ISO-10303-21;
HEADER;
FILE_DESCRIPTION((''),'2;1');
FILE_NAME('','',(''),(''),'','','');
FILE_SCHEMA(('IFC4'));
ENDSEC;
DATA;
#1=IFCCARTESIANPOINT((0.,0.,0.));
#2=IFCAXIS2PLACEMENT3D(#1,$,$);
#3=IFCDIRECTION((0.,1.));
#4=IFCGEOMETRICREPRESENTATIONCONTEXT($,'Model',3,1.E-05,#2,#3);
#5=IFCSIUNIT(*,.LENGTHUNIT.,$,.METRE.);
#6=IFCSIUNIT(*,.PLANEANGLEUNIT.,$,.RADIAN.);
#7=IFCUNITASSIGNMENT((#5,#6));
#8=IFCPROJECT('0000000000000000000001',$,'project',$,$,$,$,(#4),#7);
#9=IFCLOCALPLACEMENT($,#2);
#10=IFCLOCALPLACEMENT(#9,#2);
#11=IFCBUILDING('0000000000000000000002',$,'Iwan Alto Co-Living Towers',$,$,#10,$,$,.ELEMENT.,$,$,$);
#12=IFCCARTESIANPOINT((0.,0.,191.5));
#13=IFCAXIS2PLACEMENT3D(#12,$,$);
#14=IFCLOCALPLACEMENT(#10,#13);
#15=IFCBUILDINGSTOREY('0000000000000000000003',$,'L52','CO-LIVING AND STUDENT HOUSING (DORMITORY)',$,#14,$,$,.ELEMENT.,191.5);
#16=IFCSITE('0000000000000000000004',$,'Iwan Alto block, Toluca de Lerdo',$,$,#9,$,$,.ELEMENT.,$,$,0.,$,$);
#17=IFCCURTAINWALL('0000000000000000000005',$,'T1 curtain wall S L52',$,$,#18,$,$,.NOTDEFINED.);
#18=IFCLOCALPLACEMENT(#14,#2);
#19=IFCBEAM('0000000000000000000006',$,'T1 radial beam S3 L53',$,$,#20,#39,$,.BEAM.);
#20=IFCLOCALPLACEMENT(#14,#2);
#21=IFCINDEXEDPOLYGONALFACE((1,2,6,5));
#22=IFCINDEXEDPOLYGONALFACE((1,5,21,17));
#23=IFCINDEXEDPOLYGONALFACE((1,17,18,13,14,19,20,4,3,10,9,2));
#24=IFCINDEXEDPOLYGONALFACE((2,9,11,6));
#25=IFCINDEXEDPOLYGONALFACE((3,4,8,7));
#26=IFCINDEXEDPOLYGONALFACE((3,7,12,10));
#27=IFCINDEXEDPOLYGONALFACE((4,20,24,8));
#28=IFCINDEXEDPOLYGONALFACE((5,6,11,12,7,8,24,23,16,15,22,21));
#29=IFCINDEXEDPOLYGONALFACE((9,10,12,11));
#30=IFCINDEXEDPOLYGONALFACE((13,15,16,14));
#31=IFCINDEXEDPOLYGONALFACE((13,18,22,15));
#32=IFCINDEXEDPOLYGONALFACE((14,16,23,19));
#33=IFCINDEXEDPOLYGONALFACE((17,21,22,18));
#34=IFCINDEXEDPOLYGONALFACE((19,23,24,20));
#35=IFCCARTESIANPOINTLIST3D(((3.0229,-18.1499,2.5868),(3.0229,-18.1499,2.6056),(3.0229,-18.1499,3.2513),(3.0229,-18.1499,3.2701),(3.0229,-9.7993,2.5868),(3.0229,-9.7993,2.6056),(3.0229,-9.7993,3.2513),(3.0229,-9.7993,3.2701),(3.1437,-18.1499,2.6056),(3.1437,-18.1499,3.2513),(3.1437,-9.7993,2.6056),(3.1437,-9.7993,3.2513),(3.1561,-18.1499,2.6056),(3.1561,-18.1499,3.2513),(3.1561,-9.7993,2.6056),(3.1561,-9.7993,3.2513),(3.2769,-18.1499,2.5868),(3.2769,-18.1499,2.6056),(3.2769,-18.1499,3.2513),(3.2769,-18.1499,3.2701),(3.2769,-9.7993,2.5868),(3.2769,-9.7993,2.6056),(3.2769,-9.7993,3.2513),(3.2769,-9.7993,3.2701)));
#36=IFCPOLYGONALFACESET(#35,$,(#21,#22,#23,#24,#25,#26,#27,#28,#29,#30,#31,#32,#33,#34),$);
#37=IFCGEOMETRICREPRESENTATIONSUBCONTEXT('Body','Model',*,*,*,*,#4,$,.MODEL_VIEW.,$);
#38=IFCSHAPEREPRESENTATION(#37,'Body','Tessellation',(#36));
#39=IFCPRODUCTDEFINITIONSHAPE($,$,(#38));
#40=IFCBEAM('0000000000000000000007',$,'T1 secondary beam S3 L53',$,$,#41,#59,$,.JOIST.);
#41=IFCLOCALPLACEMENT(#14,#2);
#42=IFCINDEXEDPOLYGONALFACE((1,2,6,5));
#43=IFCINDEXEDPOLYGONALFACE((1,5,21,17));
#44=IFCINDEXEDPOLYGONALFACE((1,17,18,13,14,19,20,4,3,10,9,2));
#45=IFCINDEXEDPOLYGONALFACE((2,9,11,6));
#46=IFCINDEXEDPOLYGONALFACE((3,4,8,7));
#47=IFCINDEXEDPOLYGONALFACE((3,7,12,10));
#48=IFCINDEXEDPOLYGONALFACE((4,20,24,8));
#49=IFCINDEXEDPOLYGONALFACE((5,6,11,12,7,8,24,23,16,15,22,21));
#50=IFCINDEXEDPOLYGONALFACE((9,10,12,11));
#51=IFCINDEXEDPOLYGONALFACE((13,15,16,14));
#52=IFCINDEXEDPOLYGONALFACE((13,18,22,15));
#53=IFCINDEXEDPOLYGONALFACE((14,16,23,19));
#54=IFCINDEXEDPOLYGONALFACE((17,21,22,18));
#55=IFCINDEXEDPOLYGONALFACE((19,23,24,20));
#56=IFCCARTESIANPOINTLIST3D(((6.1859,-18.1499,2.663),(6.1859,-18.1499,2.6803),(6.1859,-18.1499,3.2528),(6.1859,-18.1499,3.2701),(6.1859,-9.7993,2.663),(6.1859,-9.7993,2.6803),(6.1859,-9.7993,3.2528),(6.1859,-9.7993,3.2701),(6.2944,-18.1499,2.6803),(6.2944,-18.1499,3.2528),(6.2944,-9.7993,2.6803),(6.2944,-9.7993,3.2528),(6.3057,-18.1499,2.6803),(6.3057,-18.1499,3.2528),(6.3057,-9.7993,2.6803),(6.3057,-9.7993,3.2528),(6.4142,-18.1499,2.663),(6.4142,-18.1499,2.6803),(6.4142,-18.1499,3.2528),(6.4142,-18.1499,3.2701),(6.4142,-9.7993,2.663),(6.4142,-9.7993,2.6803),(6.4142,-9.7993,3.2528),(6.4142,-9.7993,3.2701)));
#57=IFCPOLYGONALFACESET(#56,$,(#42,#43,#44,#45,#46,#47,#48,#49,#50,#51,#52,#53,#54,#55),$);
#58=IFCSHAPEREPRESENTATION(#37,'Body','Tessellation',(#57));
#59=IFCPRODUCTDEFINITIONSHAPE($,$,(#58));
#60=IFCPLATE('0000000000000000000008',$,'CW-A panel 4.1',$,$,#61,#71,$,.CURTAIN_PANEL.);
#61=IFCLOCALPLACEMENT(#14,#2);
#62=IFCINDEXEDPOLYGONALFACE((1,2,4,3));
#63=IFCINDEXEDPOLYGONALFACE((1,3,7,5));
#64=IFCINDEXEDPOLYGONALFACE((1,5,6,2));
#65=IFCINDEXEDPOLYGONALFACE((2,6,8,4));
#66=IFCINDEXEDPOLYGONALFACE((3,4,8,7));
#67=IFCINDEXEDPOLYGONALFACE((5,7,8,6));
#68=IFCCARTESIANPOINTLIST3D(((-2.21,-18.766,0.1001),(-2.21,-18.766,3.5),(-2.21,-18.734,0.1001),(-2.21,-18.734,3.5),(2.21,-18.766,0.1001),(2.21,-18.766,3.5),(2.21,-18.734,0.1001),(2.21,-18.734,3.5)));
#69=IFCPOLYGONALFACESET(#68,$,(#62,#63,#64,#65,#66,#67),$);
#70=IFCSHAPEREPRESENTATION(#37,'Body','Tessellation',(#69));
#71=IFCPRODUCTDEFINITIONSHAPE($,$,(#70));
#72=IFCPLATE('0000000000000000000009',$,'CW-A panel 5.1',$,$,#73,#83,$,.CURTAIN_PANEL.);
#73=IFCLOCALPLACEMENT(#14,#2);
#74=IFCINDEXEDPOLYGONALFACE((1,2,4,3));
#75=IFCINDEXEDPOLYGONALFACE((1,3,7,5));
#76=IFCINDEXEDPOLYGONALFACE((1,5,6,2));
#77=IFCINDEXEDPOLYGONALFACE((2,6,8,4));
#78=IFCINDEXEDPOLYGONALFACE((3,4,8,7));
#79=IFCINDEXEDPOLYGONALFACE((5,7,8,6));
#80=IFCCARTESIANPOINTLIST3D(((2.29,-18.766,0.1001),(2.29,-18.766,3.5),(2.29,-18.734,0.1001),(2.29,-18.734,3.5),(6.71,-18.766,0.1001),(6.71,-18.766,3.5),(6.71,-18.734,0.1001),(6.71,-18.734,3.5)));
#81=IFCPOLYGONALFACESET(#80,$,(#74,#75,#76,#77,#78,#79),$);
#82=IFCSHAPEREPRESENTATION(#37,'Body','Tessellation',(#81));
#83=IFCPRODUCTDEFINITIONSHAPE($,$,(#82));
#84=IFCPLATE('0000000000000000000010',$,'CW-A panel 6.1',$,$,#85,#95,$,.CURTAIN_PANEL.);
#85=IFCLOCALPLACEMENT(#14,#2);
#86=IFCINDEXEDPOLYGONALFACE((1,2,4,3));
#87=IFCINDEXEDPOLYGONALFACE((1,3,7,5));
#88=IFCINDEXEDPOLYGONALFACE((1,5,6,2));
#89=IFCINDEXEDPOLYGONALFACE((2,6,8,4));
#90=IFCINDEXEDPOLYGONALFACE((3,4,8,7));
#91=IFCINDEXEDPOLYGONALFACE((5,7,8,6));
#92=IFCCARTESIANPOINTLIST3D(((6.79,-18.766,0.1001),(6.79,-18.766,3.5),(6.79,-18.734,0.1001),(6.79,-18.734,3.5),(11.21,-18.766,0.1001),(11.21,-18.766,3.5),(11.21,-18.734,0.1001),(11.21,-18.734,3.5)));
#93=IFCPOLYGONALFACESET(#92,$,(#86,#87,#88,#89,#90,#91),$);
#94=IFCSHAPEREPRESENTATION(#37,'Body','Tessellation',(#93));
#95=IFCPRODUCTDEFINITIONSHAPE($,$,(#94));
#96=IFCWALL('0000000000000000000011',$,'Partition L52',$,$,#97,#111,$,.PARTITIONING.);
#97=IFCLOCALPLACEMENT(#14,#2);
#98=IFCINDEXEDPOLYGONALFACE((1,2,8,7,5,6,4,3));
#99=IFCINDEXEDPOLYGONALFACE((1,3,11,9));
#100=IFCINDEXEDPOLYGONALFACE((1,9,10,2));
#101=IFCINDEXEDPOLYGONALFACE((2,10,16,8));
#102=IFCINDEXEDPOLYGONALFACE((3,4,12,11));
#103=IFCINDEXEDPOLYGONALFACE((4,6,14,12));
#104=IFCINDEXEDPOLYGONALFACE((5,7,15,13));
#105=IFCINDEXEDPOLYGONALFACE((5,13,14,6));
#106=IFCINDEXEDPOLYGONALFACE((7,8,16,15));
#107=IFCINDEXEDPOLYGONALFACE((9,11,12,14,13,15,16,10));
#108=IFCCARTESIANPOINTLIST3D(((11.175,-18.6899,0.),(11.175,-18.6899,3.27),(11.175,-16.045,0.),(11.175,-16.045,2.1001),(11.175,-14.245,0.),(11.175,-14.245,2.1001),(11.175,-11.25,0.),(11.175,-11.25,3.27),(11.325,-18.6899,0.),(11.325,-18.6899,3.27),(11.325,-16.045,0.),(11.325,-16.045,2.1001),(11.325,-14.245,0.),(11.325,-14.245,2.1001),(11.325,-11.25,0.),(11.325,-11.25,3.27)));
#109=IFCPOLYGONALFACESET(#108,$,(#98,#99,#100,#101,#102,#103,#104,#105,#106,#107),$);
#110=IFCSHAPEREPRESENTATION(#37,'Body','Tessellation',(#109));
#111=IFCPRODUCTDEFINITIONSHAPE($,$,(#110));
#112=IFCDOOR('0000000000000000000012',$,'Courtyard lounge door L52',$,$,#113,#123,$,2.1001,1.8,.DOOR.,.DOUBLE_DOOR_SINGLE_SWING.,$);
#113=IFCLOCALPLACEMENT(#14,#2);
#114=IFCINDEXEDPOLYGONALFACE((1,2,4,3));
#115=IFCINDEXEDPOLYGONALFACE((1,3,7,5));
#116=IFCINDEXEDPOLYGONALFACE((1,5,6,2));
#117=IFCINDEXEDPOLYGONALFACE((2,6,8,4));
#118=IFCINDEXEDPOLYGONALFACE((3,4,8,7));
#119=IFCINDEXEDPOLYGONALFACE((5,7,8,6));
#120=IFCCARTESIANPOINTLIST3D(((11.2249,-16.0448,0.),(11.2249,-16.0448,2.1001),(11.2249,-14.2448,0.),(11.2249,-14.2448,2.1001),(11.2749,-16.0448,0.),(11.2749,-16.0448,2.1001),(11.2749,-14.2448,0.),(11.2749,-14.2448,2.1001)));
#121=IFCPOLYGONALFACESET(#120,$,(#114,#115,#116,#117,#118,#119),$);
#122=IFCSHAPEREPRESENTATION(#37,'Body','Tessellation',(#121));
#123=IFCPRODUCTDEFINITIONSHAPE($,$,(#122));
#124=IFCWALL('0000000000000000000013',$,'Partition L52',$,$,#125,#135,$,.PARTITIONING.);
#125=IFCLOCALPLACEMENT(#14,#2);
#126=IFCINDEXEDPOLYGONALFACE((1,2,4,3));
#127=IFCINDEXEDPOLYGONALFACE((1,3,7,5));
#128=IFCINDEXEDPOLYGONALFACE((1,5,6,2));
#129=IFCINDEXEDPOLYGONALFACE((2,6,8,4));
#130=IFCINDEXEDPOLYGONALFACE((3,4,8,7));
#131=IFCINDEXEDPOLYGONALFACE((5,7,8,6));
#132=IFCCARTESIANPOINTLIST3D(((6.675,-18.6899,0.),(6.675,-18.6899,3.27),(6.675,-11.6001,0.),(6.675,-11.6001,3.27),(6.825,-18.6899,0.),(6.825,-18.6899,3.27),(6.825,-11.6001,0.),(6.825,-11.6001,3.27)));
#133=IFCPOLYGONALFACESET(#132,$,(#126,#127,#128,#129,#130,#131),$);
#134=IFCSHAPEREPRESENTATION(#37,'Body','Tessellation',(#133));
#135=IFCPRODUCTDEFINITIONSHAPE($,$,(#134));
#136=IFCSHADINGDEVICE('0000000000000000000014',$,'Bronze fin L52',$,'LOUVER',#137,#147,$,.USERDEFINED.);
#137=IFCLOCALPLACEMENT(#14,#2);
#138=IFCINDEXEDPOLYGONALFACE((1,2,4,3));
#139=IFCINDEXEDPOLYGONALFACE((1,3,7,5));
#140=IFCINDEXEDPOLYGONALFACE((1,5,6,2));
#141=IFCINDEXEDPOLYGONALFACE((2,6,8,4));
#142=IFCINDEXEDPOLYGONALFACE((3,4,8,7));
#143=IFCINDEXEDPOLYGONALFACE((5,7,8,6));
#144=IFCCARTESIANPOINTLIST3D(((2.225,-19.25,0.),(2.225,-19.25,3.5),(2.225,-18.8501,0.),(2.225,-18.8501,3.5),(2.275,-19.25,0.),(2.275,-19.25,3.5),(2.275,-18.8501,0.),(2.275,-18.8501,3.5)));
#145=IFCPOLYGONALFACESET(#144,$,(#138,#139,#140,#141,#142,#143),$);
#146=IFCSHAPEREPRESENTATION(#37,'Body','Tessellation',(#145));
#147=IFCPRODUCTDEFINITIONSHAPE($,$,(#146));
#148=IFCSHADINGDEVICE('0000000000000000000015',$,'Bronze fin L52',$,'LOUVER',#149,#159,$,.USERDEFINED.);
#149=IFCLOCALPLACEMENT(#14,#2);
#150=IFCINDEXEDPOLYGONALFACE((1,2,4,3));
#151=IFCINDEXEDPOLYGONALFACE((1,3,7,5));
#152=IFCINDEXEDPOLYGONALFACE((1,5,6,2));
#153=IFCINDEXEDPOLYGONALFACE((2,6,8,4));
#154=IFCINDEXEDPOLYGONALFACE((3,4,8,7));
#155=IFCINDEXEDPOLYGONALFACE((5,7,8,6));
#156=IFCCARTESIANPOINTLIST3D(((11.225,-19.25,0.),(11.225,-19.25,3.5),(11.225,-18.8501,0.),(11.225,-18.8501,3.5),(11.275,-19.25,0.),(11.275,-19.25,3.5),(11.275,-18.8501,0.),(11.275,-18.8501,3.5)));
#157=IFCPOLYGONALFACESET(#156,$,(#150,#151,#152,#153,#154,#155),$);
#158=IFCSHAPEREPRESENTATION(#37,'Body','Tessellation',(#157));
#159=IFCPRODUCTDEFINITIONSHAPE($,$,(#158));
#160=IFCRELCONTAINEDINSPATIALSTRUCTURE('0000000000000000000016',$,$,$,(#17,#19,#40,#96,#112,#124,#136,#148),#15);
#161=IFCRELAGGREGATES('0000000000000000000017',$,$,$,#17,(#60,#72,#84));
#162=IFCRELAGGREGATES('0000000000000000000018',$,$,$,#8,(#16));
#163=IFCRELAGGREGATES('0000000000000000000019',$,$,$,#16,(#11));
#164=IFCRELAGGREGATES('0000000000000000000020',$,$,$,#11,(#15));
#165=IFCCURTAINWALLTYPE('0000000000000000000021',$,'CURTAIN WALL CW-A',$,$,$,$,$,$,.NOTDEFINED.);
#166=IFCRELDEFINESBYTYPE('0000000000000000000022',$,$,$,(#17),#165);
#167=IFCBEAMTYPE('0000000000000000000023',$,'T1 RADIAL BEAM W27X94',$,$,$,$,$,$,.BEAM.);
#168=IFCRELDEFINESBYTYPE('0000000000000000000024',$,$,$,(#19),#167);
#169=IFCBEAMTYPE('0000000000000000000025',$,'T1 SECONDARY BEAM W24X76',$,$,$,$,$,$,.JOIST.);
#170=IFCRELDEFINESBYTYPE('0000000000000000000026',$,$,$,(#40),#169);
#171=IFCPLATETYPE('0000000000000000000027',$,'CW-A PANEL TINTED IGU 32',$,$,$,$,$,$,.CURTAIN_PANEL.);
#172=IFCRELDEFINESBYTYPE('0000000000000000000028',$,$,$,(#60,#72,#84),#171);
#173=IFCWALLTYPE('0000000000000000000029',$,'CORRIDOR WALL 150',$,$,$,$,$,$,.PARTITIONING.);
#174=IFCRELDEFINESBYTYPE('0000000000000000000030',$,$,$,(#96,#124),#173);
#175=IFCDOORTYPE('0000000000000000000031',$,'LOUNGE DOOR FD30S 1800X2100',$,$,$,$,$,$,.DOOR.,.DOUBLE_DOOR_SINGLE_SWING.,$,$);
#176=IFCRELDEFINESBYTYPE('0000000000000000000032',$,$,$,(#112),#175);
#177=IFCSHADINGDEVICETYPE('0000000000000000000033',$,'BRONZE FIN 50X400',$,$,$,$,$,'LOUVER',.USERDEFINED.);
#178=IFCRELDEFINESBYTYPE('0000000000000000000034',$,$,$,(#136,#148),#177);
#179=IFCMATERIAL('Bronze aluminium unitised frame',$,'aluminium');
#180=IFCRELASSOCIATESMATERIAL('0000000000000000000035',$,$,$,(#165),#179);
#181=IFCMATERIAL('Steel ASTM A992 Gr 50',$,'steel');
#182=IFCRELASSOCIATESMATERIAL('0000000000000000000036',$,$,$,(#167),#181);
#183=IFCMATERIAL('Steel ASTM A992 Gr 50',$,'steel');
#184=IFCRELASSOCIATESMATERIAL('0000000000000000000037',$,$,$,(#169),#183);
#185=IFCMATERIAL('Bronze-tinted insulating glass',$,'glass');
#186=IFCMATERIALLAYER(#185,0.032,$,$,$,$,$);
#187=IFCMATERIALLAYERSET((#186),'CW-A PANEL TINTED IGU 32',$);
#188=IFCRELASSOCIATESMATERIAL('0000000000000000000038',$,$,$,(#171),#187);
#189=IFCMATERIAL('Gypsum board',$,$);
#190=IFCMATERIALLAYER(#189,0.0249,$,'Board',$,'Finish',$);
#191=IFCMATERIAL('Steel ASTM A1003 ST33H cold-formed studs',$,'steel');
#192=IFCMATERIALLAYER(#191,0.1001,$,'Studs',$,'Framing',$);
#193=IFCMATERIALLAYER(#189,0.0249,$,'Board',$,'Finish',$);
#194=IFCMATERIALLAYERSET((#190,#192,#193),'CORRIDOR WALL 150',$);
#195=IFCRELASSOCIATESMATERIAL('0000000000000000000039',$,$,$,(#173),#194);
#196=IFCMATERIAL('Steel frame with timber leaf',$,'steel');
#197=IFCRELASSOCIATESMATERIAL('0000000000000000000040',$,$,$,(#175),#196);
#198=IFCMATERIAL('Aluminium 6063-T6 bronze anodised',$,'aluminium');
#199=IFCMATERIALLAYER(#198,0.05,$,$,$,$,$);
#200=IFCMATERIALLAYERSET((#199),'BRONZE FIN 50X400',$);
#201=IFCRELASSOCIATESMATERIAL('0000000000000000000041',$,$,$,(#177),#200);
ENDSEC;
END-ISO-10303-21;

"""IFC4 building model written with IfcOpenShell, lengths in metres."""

from ifc_helpers import new_model, si_unit, direction, frame, frame_2d, origin, origin_2d, place, context, subcontext, project, spatial, rectangle, i_section, extrude, material, layer, layer_set, material_profile, profile_set, type_object, element, fill, aggregate, save


model = new_model("IFC4")

# Units and contexts
model_context = context("Model", 3, precision=1e-05, world=origin(), true_north=direction((0.0, 1.0)))
body_context = subcontext(model_context, "Body", "Model", "MODEL_VIEW")
ifc_project = project(units=[si_unit("LENGTHUNIT", "METRE"), si_unit("PLANEANGLEUNIT", "RADIAN")], contexts=[model_context])

# Site, building, storey
site_placement = place(None, origin())
site = spatial("IfcSite", under=ifc_project, at=site_placement, Name="Iwan Alto block, Toluca de Lerdo", CompositionType="ELEMENT", RefElevation=0.0)
building_placement = place(site_placement, origin())
building = spatial("IfcBuilding", under=site, at=building_placement, Name="Iwan Alto Co-Living Towers", CompositionType="ELEMENT")
storey_placement = place(building_placement, frame((0.0, 0.0, 191.5)))
storey = spatial("IfcBuildingStorey", under=building, at=storey_placement, Name="L52", Description="CO-LIVING AND STUDENT HOUSING (DORMITORY)", CompositionType="ELEMENT", Elevation=191.5)

# Curtain wall
ifc_material_1 = material(Name="Bronze aluminium unitised frame", Category="aluminium")
curtain_wall_type = type_object("IfcCurtainWallType", Name="CURTAIN WALL CW-A", PredefinedType="NOTDEFINED", material=ifc_material_1)
curtain_wall_placement = place(storey_placement, origin())
curtain_wall = element("IfcCurtainWall", 1, at=curtain_wall_placement, inside=storey, type_object=curtain_wall_type, Name="T1 curtain wall S L52", PredefinedType="NOTDEFINED")

# Beams
ifc_material_2 = material(Name="Steel ASTM A992 Gr 50", Category="steel")
ifc_material_profile_1 = material_profile(ifc_material_2, i_section(OverallWidth=0.2539, OverallDepth=0.6833, WebThickness=0.0125, FlangeThickness=0.0188, at=origin_2d()), Name="W27X94")
ifc_profile_set_1 = profile_set([ifc_material_profile_1], Name="Steel ASTM A992 Gr 50")
beam_type_1 = type_object("IfcBeamType", Name="T1 RADIAL BEAM W27X94", PredefinedType="BEAM", material=ifc_profile_set_1)
beam_1_placement = place(storey_placement, frame((3.1499, -18.1499, 2.9285), z_axis=(0.0, 1.0, 0.0), x_axis=(-1.0, 0.0, 0.0)))
element("IfcBeam", 2, at=beam_1_placement, inside=storey, type_object=beam_type_1, Name="T1 radial beam S3 L53", PredefinedType="BEAM", context=body_context, shape_type="SweptSolid", body=[
    extrude(i_section(OverallWidth=0.2539, OverallDepth=0.6833, WebThickness=0.0125, FlangeThickness=0.0188, at=origin_2d()), origin(), (0.0, 0.0, 1.0), 8.3506),
])
ifc_material_3 = material(Name="Steel ASTM A992 Gr 50", Category="steel")
ifc_material_profile_2 = material_profile(ifc_material_3, i_section(OverallWidth=0.2283, OverallDepth=0.6072, WebThickness=0.0112, FlangeThickness=0.0173, at=origin_2d()), Name="W24X76")
ifc_profile_set_2 = profile_set([ifc_material_profile_2], Name="Steel ASTM A992 Gr 50")
beam_type_2 = type_object("IfcBeamType", Name="T1 SECONDARY BEAM W24X76", PredefinedType="JOIST", material=ifc_profile_set_2)
beam_2_placement = place(storey_placement, frame((6.3, -18.1499, 2.9666), z_axis=(0.0, 1.0, 0.0), x_axis=(-1.0, 0.0, 0.0)))
element("IfcBeam", 3, at=beam_2_placement, inside=storey, type_object=beam_type_2, Name="T1 secondary beam S3 L53", PredefinedType="JOIST", context=body_context, shape_type="SweptSolid", body=[
    extrude(i_section(OverallWidth=0.2283, OverallDepth=0.6072, WebThickness=0.0112, FlangeThickness=0.0173, at=origin_2d()), origin(), (0.0, 0.0, 1.0), 8.3506),
])

# Plates
ifc_material_4 = material(Name="Bronze-tinted insulating glass", Category="glass")
ifc_layer_1 = layer(ifc_material_4, 0.032)
ifc_layer_set_1 = layer_set([ifc_layer_1], Name="CW-A PANEL TINTED IGU 32")
plate_type = type_object("IfcPlateType", Name="CW-A PANEL TINTED IGU 32", PredefinedType="CURTAIN_PANEL", material=ifc_layer_set_1)
plate_1_placement = place(storey_placement, frame((0.0, -18.75, 0.1001), z_axis=(0.0, 0.0, 1.0), x_axis=(1.0, 0.0, 0.0)))
plate_1 = element("IfcPlate", 4, at=plate_1_placement, type_object=plate_type, Name="CW-A panel 4.1", PredefinedType="CURTAIN_PANEL", context=body_context, shape_type="SweptSolid", body=[
    extrude(rectangle(XDim=4.4199, YDim=0.032, at=origin_2d()), origin(), (0.0, 0.0, 1.0), 3.3999),
])
plate_2_placement = place(storey_placement, frame((4.5, -18.75, 0.1001), z_axis=(0.0, 0.0, 1.0), x_axis=(1.0, 0.0, 0.0)))
plate_2 = element("IfcPlate", 5, at=plate_2_placement, type_object=plate_type, Name="CW-A panel 5.1", PredefinedType="CURTAIN_PANEL", context=body_context, shape_type="SweptSolid", body=[
    extrude(rectangle(XDim=4.4199, YDim=0.032, at=origin_2d()), origin(), (0.0, 0.0, 1.0), 3.3999),
])
plate_3_placement = place(storey_placement, frame((9.0, -18.75, 0.1001), z_axis=(0.0, 0.0, 1.0), x_axis=(1.0, 0.0, 0.0)))
plate_3 = element("IfcPlate", 6, at=plate_3_placement, type_object=plate_type, Name="CW-A panel 6.1", PredefinedType="CURTAIN_PANEL", context=body_context, shape_type="SweptSolid", body=[
    extrude(rectangle(XDim=4.4199, YDim=0.032, at=origin_2d()), origin(), (0.0, 0.0, 1.0), 3.3999),
])
aggregate(curtain_wall, [plate_1, plate_2, plate_3])

# Wall, opening, door
ifc_material_5 = material(Name="Gypsum board")
ifc_layer_2 = layer(ifc_material_5, 0.0249, Name="Board", Category="Finish")
ifc_material_6 = material(Name="Steel ASTM A1003 ST33H cold-formed studs", Category="steel")
ifc_layer_3 = layer(ifc_material_6, 0.1001, Name="Studs", Category="Framing")
ifc_layer_4 = layer(ifc_material_5, 0.0249, Name="Board", Category="Finish")
ifc_layer_set_2 = layer_set([ifc_layer_2, ifc_layer_3, ifc_layer_4], Name="CORRIDOR WALL 150")
wall_type = type_object("IfcWallType", Name="CORRIDOR WALL 150", PredefinedType="PARTITIONING", material=ifc_layer_set_2)
wall_1_placement = place(storey_placement, frame((11.25, -18.6899, 0.0), z_axis=(0.0, 0.0, 1.0), x_axis=(0.0, 1.0, 0.0)))
wall_1 = element("IfcWall", 7, at=wall_1_placement, inside=storey, type_object=wall_type, Name="Partition L52", PredefinedType="PARTITIONING", context=body_context, shape_type="SweptSolid", body=[
    extrude(rectangle(XDim=7.4399, YDim=0.1499, at=frame_2d((3.72, 0.0))), origin(), (0.0, 0.0, 1.0), 3.27),
])
opening_placement = place(wall_1_placement, frame((2.645, 0.0, 0.0)))
opening = element("IfcOpeningElement", 8, at=opening_placement, cuts=wall_1, PredefinedType="OPENING", context=body_context, shape_type="SweptSolid", body=[
    extrude(rectangle(XDim=1.8, YDim=2.1001, at=frame_2d((0.8999, 1.05))), frame((0.0, 0.085, 0.0), z_axis=(0.0, -1.0, 0.0), x_axis=(1.0, 0.0, 0.0)), (0.0, 0.0, 1.0), 0.1699),
])
ifc_material_7 = material(Name="Steel frame with timber leaf", Category="steel")
door_type = type_object("IfcDoorType", Name="LOUNGE DOOR FD30S 1800X2100", OperationType="DOUBLE_DOOR_SINGLE_SWING", PredefinedType="DOOR", material=ifc_material_7)
door_placement = place(opening_placement, frame((1.8, 0.0, 0.0), z_axis=(0.0, 0.0, 1.0), x_axis=(-1.0, 0.0, 0.0)))
door = element("IfcDoor", 9, at=door_placement, inside=storey, type_object=door_type, Name="Courtyard lounge door L52", OperationType="DOUBLE_DOOR_SINGLE_SWING", OverallHeight=2.1001, OverallWidth=1.8, PredefinedType="DOOR", context=body_context, shape_type="SweptSolid", body=[
    extrude(rectangle(XDim=1.8, YDim=2.1001, at=frame_2d((0.8999, 1.05))), frame((0.0, 0.0249, 0.0), z_axis=(0.0, -1.0, 0.0), x_axis=(1.0, 0.0, 0.0)), (0.0, 0.0, 1.0), 0.05),
])
fill(opening, door)

# Wall
wall_2_placement = place(storey_placement, frame((6.75, -18.6899, 0.0), z_axis=(0.0, 0.0, 1.0), x_axis=(0.0, 1.0, 0.0)))
element("IfcWall", 10, at=wall_2_placement, inside=storey, type_object=wall_type, Name="Partition L52", PredefinedType="PARTITIONING", context=body_context, shape_type="SweptSolid", body=[
    extrude(rectangle(XDim=7.0898, YDim=0.1499, at=frame_2d((3.5449, 0.0))), origin(), (0.0, 0.0, 1.0), 3.27),
])

# Shading devices
ifc_material_8 = material(Name="Aluminium 6063-T6 bronze anodised", Category="aluminium")
ifc_layer_5 = layer(ifc_material_8, 0.05)
ifc_layer_set_3 = layer_set([ifc_layer_5], Name="BRONZE FIN 50X400")
shading_device_type = type_object("IfcShadingDeviceType", Name="BRONZE FIN 50X400", ElementType="LOUVER", PredefinedType="USERDEFINED", material=ifc_layer_set_3)
for number, where, z_axis, x_axis, name in (
    (11, (2.25, -19.05, 0.0), (0.0, 0.0, 1.0), (1.0, 0.0, 0.0), "Bronze fin L52"),
    (12, (11.25, -19.05, 0.0), (0.0, 0.0, 1.0), (1.0, 0.0, 0.0), "Bronze fin L52"),
):
    element("IfcShadingDevice", number, at=place(storey_placement, frame(where, z_axis=z_axis, x_axis=x_axis)), inside=storey, type_object=shading_device_type, Name=name, ObjectType="LOUVER", PredefinedType="USERDEFINED", context=body_context, shape_type="SweptSolid", body=[
        extrude(rectangle(XDim=0.05, YDim=0.3999, at=origin_2d()), origin(), (0.0, 0.0, 1.0), 3.5),
    ])

save(model, "model.ifc")
